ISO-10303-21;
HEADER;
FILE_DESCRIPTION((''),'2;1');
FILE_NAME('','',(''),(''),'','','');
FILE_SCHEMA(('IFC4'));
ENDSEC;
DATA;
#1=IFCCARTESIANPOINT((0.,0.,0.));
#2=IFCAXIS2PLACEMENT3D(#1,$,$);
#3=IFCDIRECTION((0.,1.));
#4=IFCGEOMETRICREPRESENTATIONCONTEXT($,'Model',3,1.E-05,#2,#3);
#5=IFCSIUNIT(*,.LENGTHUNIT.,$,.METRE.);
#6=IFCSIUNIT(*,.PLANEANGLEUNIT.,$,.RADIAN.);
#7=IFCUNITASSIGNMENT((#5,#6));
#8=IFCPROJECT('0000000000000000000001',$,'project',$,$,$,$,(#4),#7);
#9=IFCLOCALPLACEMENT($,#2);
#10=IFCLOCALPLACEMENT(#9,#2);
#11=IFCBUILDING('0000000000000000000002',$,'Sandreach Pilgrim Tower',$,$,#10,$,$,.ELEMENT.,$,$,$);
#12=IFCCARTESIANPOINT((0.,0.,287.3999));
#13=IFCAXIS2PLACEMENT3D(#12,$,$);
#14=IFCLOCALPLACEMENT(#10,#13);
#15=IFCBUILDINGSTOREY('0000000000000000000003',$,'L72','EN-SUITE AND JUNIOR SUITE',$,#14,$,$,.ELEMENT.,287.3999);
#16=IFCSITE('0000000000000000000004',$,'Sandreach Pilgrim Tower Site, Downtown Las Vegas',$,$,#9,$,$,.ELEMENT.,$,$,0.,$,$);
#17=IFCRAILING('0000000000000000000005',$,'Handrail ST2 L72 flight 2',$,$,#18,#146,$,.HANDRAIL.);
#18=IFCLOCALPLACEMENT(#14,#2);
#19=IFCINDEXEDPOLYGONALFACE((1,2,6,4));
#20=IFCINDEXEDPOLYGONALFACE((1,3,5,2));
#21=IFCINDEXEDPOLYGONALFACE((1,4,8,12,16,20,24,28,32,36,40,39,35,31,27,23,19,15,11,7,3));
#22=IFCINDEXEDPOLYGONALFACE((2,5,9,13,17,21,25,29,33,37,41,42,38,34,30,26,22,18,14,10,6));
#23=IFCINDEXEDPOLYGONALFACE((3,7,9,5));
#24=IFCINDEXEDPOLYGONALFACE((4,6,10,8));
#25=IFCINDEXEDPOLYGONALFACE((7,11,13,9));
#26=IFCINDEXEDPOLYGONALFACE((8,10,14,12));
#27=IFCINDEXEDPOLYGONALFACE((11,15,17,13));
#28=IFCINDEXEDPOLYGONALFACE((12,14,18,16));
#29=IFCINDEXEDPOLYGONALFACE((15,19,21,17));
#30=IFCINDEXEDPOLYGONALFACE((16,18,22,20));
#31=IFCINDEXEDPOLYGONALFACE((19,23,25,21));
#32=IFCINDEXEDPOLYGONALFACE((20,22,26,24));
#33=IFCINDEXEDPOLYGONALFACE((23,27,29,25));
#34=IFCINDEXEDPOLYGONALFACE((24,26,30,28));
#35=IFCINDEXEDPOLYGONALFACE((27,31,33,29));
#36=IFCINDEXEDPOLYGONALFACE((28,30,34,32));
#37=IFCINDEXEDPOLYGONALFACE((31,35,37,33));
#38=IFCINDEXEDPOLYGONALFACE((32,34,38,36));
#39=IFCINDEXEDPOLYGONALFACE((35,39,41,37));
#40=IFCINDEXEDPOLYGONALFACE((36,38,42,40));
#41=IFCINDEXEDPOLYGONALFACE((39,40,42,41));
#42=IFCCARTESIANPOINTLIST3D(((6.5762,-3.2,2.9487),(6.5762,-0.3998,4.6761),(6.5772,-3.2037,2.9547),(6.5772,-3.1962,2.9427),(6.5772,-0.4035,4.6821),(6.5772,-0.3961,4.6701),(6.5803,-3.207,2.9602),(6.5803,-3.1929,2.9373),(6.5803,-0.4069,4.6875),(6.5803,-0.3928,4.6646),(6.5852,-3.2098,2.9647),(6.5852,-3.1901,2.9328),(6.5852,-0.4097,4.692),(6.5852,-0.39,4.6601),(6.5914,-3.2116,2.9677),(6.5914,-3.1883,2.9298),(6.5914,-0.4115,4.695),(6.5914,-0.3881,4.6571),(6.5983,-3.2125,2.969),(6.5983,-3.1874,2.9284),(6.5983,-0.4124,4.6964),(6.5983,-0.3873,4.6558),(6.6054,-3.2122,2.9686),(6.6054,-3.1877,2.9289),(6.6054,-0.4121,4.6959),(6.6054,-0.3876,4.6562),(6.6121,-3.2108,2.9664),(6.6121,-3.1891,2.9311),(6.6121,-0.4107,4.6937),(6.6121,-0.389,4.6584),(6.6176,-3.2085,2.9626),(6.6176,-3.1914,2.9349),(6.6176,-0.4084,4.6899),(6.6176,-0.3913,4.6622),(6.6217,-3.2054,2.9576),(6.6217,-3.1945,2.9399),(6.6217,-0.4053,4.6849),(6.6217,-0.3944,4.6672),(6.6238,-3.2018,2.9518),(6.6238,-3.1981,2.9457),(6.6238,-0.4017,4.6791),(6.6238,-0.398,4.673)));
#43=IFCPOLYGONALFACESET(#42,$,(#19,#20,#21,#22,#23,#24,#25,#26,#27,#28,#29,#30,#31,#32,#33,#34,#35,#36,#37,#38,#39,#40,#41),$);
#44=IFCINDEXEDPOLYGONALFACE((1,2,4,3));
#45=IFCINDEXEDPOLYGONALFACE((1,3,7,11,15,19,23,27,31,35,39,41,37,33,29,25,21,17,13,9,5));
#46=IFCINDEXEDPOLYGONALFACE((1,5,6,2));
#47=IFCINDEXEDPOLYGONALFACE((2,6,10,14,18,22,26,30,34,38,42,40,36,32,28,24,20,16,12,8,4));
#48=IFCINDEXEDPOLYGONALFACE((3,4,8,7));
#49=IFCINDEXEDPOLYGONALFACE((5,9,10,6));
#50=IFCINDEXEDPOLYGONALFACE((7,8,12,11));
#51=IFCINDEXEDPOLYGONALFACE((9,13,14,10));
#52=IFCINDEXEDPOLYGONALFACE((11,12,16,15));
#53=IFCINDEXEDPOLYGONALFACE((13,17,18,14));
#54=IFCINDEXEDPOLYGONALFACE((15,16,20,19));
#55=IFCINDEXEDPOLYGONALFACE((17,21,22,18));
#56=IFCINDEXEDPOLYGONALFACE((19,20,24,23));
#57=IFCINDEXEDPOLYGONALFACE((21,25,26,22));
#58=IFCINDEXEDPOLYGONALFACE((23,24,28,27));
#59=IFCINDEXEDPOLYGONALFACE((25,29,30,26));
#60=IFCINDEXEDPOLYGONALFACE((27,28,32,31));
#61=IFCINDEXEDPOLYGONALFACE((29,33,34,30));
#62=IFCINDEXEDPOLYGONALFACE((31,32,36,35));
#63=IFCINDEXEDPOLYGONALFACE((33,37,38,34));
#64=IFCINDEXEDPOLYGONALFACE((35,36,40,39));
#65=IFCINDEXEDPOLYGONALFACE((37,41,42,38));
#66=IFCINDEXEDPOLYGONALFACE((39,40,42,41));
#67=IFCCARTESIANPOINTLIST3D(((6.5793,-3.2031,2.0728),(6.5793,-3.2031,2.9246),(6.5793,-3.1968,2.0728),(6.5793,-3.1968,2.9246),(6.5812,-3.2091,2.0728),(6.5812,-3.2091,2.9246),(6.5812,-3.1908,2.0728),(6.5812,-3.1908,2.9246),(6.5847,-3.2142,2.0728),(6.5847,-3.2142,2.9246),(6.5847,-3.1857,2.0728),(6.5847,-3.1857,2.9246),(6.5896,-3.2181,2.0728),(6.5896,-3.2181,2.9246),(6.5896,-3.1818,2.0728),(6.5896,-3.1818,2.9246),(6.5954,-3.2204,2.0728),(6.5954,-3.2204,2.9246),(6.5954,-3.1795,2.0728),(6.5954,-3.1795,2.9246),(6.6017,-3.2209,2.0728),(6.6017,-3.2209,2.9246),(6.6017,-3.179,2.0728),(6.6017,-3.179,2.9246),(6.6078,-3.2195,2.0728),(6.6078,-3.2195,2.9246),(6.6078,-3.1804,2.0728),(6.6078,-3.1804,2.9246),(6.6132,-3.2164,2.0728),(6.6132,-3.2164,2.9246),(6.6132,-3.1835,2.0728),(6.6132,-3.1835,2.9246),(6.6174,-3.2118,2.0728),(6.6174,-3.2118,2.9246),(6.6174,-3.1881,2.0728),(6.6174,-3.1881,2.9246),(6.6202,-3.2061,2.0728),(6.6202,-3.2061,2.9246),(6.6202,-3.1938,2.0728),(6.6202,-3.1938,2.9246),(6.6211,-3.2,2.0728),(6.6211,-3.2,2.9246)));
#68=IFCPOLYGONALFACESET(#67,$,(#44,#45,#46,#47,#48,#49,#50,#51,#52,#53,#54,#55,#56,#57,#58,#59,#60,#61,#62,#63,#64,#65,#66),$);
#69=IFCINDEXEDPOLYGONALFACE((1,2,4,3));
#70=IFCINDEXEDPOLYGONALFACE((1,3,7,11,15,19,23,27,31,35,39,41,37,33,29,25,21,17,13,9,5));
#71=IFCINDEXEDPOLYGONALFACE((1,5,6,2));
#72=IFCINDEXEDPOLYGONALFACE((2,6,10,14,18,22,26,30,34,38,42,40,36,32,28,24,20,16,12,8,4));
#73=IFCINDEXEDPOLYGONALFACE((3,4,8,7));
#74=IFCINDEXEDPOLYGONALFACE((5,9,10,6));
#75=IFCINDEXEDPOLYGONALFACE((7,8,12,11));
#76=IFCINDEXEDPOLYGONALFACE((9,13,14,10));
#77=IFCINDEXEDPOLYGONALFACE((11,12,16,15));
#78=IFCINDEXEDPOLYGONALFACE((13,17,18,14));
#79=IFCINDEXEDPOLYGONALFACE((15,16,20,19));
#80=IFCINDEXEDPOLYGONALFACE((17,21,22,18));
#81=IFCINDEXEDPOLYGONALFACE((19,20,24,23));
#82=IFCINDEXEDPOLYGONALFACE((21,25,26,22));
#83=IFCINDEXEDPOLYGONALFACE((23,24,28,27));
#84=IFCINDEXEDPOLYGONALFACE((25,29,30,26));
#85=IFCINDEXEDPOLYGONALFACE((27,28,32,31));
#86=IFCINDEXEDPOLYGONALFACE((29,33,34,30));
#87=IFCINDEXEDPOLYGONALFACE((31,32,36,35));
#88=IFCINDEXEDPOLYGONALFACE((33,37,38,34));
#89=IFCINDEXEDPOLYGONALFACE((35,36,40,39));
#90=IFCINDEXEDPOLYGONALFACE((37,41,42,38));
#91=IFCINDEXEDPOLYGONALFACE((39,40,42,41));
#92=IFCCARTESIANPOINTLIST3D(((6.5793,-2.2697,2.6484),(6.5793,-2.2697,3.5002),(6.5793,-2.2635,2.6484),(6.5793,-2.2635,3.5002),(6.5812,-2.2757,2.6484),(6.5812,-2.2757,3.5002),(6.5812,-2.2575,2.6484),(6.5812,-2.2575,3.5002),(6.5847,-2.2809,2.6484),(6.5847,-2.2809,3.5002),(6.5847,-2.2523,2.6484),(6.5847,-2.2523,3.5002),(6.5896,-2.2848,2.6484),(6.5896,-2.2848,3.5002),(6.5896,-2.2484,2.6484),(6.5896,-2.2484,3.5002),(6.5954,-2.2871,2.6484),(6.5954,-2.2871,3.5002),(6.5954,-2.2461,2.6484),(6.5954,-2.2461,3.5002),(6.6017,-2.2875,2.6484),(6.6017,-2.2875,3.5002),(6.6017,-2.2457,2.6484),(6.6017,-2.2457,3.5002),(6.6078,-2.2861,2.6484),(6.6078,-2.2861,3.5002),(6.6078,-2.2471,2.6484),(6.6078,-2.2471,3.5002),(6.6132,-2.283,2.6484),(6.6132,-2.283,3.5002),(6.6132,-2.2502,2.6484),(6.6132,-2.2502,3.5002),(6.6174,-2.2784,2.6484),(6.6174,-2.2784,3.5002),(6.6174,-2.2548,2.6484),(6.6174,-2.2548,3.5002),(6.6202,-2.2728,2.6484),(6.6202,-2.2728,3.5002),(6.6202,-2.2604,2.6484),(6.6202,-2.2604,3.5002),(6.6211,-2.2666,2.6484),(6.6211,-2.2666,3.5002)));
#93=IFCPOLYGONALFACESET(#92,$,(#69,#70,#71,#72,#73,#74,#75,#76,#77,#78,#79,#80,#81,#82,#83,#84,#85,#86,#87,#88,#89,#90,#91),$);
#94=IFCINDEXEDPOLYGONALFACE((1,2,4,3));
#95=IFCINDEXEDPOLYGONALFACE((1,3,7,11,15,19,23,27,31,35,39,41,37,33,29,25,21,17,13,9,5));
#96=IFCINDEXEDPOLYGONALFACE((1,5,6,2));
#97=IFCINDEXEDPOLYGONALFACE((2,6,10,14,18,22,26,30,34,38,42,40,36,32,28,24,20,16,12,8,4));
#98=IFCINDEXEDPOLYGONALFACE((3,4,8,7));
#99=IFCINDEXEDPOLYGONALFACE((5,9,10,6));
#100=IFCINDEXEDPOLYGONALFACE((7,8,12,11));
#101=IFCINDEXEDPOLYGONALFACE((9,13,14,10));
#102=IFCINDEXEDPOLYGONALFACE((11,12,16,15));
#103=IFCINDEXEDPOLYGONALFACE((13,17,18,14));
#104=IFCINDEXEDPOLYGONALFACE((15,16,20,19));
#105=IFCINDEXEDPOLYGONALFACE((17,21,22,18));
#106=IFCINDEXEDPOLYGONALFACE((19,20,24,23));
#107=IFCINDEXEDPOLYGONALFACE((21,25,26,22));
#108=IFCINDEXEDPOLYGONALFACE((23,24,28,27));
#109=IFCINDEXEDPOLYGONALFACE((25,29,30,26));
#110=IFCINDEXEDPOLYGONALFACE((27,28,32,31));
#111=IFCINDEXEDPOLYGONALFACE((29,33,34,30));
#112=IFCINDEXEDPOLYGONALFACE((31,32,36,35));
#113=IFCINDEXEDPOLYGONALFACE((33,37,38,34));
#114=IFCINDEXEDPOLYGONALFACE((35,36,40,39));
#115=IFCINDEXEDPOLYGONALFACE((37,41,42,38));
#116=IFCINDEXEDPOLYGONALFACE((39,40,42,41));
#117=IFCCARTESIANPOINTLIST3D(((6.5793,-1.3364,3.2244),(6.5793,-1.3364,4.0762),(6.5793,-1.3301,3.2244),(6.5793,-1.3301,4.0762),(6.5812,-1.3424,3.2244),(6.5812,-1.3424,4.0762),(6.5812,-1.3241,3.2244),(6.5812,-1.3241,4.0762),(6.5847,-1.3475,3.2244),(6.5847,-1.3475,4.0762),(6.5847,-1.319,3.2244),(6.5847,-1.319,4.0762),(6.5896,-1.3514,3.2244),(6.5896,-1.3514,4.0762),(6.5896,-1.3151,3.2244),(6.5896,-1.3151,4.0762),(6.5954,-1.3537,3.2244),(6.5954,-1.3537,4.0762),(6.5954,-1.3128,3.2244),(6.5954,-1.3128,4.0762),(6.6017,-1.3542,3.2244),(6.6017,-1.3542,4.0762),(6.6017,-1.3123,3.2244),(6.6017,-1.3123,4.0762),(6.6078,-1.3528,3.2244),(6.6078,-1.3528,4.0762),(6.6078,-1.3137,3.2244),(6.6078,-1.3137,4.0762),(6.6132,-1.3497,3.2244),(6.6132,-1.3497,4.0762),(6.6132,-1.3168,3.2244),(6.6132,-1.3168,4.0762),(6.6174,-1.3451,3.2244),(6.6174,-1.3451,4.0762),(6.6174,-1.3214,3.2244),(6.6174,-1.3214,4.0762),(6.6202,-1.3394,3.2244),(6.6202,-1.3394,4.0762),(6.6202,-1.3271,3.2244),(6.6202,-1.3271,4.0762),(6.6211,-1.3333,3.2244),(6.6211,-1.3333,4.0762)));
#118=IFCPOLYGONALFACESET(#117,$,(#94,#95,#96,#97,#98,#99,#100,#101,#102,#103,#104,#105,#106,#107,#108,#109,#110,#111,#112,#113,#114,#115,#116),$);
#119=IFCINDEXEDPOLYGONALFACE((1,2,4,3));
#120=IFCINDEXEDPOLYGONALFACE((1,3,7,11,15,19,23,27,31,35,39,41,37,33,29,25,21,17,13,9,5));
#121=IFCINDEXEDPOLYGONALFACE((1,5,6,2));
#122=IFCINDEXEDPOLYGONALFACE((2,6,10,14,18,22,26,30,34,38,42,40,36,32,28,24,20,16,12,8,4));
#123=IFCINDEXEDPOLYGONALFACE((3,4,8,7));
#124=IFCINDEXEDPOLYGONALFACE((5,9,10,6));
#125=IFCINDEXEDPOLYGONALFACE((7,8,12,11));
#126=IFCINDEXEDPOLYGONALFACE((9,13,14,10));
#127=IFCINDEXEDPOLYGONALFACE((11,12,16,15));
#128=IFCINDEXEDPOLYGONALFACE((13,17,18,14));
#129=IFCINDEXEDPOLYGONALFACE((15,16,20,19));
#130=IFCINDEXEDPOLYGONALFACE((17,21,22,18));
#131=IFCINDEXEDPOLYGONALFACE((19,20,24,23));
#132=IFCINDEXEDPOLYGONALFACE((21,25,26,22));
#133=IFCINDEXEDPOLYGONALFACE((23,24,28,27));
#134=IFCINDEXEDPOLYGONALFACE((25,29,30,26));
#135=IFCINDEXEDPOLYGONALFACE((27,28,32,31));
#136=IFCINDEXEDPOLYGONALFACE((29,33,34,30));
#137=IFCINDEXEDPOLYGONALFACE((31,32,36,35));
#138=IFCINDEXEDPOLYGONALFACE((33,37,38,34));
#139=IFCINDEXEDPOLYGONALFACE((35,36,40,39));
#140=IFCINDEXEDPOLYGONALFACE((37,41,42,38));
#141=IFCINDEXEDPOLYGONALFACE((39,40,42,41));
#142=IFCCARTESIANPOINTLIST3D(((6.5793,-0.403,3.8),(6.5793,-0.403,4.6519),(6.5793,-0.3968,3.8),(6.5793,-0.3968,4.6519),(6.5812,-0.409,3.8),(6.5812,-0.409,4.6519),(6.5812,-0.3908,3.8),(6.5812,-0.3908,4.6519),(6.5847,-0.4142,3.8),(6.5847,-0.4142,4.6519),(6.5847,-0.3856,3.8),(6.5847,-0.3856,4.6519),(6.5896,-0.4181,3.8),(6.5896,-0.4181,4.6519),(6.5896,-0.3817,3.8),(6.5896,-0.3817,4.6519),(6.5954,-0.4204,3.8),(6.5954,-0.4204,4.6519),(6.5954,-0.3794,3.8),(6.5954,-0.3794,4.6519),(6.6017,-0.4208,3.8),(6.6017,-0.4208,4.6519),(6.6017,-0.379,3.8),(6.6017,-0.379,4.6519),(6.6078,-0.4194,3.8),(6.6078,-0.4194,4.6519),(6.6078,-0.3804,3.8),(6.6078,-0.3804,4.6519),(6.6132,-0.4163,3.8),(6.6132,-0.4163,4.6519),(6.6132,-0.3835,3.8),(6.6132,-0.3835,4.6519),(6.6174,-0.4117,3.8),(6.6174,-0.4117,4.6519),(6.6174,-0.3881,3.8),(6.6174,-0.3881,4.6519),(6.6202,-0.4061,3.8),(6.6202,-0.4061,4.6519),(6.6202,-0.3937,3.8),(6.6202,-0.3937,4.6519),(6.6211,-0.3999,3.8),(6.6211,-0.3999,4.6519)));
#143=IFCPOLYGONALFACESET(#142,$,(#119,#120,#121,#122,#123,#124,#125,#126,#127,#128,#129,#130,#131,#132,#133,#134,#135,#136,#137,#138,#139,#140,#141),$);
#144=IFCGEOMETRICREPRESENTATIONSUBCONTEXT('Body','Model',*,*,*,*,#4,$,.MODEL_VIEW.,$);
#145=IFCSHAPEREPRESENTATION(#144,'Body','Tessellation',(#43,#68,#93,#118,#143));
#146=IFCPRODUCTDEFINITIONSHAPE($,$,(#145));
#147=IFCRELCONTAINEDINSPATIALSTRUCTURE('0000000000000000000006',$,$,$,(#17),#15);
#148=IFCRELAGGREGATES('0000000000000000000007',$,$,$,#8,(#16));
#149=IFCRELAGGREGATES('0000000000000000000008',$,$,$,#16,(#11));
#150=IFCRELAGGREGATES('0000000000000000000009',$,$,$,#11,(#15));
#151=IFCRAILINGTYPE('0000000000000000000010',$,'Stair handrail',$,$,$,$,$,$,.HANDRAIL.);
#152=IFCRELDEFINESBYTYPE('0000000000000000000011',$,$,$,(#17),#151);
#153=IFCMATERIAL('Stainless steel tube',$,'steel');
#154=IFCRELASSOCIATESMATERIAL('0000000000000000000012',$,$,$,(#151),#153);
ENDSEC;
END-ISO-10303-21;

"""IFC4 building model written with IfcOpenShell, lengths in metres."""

from ifc_helpers import new_model, si_unit, direction, frame, origin, origin_2d, place, context, subcontext, project, spatial, circle, extrude, material, type_object, element, save


model = new_model("IFC4")

# Units and contexts
model_context = context("Model", 3, precision=1e-05, world=origin(), true_north=direction((0.0, 1.0)))
body_context = subcontext(model_context, "Body", "Model", "MODEL_VIEW")
ifc_project = project(units=[si_unit("LENGTHUNIT", "METRE"), si_unit("PLANEANGLEUNIT", "RADIAN")], contexts=[model_context])

# Site, building, storey
site_placement = place(None, origin())
site = spatial("IfcSite", under=ifc_project, at=site_placement, Name="Sandreach Pilgrim Tower Site, Downtown Las Vegas", CompositionType="ELEMENT", RefElevation=0.0)
building_placement = place(site_placement, origin())
building = spatial("IfcBuilding", under=site, at=building_placement, Name="Sandreach Pilgrim Tower", CompositionType="ELEMENT")
storey_placement = place(building_placement, frame((0.0, 0.0, 287.3999)))
storey = spatial("IfcBuildingStorey", under=building, at=storey_placement, Name="L72", Description="EN-SUITE AND JUNIOR SUITE", CompositionType="ELEMENT", Elevation=287.3999)

# Railing
ifc_material_1 = material(Name="Stainless steel tube", Category="steel")
railing_type = type_object("IfcRailingType", Name="Stair handrail", PredefinedType="HANDRAIL", material=ifc_material_1)
for number, where, name in (
    (1, (6.6001, -3.2, 2.0728), "Handrail ST2 L72 flight 2"),
):
    element("IfcRailing", number, at=place(storey_placement, frame(where)), inside=storey, type_object=railing_type, Name=name, PredefinedType="HANDRAIL", context=body_context, shape_type="SweptSolid", body=[
        extrude(circle(Radius=0.0239, at=origin_2d()), frame((0.0, 0.0, 0.876), z_axis=(0.0, 0.85109, 0.52502), x_axis=(-1.0, 0.0, 0.0)), (0.0, 0.0, 1.0), 3.29),
        extrude(circle(Radius=0.021, at=origin_2d()), origin(), (0.0, 0.0, 1.0), 0.8518),
        extrude(circle(Radius=0.021, at=origin_2d()), frame((0.0, 0.9333, 0.5757)), (0.0, 0.0, 1.0), 0.8518),
        extrude(circle(Radius=0.021, at=origin_2d()), frame((0.0, 1.8667, 1.1516)), (0.0, 0.0, 1.0), 0.8518),
        extrude(circle(Radius=0.021, at=origin_2d()), frame((0.0, 2.8, 1.7273)), (0.0, 0.0, 1.0), 0.8518),
    ])

save(model, "model.ifc")
